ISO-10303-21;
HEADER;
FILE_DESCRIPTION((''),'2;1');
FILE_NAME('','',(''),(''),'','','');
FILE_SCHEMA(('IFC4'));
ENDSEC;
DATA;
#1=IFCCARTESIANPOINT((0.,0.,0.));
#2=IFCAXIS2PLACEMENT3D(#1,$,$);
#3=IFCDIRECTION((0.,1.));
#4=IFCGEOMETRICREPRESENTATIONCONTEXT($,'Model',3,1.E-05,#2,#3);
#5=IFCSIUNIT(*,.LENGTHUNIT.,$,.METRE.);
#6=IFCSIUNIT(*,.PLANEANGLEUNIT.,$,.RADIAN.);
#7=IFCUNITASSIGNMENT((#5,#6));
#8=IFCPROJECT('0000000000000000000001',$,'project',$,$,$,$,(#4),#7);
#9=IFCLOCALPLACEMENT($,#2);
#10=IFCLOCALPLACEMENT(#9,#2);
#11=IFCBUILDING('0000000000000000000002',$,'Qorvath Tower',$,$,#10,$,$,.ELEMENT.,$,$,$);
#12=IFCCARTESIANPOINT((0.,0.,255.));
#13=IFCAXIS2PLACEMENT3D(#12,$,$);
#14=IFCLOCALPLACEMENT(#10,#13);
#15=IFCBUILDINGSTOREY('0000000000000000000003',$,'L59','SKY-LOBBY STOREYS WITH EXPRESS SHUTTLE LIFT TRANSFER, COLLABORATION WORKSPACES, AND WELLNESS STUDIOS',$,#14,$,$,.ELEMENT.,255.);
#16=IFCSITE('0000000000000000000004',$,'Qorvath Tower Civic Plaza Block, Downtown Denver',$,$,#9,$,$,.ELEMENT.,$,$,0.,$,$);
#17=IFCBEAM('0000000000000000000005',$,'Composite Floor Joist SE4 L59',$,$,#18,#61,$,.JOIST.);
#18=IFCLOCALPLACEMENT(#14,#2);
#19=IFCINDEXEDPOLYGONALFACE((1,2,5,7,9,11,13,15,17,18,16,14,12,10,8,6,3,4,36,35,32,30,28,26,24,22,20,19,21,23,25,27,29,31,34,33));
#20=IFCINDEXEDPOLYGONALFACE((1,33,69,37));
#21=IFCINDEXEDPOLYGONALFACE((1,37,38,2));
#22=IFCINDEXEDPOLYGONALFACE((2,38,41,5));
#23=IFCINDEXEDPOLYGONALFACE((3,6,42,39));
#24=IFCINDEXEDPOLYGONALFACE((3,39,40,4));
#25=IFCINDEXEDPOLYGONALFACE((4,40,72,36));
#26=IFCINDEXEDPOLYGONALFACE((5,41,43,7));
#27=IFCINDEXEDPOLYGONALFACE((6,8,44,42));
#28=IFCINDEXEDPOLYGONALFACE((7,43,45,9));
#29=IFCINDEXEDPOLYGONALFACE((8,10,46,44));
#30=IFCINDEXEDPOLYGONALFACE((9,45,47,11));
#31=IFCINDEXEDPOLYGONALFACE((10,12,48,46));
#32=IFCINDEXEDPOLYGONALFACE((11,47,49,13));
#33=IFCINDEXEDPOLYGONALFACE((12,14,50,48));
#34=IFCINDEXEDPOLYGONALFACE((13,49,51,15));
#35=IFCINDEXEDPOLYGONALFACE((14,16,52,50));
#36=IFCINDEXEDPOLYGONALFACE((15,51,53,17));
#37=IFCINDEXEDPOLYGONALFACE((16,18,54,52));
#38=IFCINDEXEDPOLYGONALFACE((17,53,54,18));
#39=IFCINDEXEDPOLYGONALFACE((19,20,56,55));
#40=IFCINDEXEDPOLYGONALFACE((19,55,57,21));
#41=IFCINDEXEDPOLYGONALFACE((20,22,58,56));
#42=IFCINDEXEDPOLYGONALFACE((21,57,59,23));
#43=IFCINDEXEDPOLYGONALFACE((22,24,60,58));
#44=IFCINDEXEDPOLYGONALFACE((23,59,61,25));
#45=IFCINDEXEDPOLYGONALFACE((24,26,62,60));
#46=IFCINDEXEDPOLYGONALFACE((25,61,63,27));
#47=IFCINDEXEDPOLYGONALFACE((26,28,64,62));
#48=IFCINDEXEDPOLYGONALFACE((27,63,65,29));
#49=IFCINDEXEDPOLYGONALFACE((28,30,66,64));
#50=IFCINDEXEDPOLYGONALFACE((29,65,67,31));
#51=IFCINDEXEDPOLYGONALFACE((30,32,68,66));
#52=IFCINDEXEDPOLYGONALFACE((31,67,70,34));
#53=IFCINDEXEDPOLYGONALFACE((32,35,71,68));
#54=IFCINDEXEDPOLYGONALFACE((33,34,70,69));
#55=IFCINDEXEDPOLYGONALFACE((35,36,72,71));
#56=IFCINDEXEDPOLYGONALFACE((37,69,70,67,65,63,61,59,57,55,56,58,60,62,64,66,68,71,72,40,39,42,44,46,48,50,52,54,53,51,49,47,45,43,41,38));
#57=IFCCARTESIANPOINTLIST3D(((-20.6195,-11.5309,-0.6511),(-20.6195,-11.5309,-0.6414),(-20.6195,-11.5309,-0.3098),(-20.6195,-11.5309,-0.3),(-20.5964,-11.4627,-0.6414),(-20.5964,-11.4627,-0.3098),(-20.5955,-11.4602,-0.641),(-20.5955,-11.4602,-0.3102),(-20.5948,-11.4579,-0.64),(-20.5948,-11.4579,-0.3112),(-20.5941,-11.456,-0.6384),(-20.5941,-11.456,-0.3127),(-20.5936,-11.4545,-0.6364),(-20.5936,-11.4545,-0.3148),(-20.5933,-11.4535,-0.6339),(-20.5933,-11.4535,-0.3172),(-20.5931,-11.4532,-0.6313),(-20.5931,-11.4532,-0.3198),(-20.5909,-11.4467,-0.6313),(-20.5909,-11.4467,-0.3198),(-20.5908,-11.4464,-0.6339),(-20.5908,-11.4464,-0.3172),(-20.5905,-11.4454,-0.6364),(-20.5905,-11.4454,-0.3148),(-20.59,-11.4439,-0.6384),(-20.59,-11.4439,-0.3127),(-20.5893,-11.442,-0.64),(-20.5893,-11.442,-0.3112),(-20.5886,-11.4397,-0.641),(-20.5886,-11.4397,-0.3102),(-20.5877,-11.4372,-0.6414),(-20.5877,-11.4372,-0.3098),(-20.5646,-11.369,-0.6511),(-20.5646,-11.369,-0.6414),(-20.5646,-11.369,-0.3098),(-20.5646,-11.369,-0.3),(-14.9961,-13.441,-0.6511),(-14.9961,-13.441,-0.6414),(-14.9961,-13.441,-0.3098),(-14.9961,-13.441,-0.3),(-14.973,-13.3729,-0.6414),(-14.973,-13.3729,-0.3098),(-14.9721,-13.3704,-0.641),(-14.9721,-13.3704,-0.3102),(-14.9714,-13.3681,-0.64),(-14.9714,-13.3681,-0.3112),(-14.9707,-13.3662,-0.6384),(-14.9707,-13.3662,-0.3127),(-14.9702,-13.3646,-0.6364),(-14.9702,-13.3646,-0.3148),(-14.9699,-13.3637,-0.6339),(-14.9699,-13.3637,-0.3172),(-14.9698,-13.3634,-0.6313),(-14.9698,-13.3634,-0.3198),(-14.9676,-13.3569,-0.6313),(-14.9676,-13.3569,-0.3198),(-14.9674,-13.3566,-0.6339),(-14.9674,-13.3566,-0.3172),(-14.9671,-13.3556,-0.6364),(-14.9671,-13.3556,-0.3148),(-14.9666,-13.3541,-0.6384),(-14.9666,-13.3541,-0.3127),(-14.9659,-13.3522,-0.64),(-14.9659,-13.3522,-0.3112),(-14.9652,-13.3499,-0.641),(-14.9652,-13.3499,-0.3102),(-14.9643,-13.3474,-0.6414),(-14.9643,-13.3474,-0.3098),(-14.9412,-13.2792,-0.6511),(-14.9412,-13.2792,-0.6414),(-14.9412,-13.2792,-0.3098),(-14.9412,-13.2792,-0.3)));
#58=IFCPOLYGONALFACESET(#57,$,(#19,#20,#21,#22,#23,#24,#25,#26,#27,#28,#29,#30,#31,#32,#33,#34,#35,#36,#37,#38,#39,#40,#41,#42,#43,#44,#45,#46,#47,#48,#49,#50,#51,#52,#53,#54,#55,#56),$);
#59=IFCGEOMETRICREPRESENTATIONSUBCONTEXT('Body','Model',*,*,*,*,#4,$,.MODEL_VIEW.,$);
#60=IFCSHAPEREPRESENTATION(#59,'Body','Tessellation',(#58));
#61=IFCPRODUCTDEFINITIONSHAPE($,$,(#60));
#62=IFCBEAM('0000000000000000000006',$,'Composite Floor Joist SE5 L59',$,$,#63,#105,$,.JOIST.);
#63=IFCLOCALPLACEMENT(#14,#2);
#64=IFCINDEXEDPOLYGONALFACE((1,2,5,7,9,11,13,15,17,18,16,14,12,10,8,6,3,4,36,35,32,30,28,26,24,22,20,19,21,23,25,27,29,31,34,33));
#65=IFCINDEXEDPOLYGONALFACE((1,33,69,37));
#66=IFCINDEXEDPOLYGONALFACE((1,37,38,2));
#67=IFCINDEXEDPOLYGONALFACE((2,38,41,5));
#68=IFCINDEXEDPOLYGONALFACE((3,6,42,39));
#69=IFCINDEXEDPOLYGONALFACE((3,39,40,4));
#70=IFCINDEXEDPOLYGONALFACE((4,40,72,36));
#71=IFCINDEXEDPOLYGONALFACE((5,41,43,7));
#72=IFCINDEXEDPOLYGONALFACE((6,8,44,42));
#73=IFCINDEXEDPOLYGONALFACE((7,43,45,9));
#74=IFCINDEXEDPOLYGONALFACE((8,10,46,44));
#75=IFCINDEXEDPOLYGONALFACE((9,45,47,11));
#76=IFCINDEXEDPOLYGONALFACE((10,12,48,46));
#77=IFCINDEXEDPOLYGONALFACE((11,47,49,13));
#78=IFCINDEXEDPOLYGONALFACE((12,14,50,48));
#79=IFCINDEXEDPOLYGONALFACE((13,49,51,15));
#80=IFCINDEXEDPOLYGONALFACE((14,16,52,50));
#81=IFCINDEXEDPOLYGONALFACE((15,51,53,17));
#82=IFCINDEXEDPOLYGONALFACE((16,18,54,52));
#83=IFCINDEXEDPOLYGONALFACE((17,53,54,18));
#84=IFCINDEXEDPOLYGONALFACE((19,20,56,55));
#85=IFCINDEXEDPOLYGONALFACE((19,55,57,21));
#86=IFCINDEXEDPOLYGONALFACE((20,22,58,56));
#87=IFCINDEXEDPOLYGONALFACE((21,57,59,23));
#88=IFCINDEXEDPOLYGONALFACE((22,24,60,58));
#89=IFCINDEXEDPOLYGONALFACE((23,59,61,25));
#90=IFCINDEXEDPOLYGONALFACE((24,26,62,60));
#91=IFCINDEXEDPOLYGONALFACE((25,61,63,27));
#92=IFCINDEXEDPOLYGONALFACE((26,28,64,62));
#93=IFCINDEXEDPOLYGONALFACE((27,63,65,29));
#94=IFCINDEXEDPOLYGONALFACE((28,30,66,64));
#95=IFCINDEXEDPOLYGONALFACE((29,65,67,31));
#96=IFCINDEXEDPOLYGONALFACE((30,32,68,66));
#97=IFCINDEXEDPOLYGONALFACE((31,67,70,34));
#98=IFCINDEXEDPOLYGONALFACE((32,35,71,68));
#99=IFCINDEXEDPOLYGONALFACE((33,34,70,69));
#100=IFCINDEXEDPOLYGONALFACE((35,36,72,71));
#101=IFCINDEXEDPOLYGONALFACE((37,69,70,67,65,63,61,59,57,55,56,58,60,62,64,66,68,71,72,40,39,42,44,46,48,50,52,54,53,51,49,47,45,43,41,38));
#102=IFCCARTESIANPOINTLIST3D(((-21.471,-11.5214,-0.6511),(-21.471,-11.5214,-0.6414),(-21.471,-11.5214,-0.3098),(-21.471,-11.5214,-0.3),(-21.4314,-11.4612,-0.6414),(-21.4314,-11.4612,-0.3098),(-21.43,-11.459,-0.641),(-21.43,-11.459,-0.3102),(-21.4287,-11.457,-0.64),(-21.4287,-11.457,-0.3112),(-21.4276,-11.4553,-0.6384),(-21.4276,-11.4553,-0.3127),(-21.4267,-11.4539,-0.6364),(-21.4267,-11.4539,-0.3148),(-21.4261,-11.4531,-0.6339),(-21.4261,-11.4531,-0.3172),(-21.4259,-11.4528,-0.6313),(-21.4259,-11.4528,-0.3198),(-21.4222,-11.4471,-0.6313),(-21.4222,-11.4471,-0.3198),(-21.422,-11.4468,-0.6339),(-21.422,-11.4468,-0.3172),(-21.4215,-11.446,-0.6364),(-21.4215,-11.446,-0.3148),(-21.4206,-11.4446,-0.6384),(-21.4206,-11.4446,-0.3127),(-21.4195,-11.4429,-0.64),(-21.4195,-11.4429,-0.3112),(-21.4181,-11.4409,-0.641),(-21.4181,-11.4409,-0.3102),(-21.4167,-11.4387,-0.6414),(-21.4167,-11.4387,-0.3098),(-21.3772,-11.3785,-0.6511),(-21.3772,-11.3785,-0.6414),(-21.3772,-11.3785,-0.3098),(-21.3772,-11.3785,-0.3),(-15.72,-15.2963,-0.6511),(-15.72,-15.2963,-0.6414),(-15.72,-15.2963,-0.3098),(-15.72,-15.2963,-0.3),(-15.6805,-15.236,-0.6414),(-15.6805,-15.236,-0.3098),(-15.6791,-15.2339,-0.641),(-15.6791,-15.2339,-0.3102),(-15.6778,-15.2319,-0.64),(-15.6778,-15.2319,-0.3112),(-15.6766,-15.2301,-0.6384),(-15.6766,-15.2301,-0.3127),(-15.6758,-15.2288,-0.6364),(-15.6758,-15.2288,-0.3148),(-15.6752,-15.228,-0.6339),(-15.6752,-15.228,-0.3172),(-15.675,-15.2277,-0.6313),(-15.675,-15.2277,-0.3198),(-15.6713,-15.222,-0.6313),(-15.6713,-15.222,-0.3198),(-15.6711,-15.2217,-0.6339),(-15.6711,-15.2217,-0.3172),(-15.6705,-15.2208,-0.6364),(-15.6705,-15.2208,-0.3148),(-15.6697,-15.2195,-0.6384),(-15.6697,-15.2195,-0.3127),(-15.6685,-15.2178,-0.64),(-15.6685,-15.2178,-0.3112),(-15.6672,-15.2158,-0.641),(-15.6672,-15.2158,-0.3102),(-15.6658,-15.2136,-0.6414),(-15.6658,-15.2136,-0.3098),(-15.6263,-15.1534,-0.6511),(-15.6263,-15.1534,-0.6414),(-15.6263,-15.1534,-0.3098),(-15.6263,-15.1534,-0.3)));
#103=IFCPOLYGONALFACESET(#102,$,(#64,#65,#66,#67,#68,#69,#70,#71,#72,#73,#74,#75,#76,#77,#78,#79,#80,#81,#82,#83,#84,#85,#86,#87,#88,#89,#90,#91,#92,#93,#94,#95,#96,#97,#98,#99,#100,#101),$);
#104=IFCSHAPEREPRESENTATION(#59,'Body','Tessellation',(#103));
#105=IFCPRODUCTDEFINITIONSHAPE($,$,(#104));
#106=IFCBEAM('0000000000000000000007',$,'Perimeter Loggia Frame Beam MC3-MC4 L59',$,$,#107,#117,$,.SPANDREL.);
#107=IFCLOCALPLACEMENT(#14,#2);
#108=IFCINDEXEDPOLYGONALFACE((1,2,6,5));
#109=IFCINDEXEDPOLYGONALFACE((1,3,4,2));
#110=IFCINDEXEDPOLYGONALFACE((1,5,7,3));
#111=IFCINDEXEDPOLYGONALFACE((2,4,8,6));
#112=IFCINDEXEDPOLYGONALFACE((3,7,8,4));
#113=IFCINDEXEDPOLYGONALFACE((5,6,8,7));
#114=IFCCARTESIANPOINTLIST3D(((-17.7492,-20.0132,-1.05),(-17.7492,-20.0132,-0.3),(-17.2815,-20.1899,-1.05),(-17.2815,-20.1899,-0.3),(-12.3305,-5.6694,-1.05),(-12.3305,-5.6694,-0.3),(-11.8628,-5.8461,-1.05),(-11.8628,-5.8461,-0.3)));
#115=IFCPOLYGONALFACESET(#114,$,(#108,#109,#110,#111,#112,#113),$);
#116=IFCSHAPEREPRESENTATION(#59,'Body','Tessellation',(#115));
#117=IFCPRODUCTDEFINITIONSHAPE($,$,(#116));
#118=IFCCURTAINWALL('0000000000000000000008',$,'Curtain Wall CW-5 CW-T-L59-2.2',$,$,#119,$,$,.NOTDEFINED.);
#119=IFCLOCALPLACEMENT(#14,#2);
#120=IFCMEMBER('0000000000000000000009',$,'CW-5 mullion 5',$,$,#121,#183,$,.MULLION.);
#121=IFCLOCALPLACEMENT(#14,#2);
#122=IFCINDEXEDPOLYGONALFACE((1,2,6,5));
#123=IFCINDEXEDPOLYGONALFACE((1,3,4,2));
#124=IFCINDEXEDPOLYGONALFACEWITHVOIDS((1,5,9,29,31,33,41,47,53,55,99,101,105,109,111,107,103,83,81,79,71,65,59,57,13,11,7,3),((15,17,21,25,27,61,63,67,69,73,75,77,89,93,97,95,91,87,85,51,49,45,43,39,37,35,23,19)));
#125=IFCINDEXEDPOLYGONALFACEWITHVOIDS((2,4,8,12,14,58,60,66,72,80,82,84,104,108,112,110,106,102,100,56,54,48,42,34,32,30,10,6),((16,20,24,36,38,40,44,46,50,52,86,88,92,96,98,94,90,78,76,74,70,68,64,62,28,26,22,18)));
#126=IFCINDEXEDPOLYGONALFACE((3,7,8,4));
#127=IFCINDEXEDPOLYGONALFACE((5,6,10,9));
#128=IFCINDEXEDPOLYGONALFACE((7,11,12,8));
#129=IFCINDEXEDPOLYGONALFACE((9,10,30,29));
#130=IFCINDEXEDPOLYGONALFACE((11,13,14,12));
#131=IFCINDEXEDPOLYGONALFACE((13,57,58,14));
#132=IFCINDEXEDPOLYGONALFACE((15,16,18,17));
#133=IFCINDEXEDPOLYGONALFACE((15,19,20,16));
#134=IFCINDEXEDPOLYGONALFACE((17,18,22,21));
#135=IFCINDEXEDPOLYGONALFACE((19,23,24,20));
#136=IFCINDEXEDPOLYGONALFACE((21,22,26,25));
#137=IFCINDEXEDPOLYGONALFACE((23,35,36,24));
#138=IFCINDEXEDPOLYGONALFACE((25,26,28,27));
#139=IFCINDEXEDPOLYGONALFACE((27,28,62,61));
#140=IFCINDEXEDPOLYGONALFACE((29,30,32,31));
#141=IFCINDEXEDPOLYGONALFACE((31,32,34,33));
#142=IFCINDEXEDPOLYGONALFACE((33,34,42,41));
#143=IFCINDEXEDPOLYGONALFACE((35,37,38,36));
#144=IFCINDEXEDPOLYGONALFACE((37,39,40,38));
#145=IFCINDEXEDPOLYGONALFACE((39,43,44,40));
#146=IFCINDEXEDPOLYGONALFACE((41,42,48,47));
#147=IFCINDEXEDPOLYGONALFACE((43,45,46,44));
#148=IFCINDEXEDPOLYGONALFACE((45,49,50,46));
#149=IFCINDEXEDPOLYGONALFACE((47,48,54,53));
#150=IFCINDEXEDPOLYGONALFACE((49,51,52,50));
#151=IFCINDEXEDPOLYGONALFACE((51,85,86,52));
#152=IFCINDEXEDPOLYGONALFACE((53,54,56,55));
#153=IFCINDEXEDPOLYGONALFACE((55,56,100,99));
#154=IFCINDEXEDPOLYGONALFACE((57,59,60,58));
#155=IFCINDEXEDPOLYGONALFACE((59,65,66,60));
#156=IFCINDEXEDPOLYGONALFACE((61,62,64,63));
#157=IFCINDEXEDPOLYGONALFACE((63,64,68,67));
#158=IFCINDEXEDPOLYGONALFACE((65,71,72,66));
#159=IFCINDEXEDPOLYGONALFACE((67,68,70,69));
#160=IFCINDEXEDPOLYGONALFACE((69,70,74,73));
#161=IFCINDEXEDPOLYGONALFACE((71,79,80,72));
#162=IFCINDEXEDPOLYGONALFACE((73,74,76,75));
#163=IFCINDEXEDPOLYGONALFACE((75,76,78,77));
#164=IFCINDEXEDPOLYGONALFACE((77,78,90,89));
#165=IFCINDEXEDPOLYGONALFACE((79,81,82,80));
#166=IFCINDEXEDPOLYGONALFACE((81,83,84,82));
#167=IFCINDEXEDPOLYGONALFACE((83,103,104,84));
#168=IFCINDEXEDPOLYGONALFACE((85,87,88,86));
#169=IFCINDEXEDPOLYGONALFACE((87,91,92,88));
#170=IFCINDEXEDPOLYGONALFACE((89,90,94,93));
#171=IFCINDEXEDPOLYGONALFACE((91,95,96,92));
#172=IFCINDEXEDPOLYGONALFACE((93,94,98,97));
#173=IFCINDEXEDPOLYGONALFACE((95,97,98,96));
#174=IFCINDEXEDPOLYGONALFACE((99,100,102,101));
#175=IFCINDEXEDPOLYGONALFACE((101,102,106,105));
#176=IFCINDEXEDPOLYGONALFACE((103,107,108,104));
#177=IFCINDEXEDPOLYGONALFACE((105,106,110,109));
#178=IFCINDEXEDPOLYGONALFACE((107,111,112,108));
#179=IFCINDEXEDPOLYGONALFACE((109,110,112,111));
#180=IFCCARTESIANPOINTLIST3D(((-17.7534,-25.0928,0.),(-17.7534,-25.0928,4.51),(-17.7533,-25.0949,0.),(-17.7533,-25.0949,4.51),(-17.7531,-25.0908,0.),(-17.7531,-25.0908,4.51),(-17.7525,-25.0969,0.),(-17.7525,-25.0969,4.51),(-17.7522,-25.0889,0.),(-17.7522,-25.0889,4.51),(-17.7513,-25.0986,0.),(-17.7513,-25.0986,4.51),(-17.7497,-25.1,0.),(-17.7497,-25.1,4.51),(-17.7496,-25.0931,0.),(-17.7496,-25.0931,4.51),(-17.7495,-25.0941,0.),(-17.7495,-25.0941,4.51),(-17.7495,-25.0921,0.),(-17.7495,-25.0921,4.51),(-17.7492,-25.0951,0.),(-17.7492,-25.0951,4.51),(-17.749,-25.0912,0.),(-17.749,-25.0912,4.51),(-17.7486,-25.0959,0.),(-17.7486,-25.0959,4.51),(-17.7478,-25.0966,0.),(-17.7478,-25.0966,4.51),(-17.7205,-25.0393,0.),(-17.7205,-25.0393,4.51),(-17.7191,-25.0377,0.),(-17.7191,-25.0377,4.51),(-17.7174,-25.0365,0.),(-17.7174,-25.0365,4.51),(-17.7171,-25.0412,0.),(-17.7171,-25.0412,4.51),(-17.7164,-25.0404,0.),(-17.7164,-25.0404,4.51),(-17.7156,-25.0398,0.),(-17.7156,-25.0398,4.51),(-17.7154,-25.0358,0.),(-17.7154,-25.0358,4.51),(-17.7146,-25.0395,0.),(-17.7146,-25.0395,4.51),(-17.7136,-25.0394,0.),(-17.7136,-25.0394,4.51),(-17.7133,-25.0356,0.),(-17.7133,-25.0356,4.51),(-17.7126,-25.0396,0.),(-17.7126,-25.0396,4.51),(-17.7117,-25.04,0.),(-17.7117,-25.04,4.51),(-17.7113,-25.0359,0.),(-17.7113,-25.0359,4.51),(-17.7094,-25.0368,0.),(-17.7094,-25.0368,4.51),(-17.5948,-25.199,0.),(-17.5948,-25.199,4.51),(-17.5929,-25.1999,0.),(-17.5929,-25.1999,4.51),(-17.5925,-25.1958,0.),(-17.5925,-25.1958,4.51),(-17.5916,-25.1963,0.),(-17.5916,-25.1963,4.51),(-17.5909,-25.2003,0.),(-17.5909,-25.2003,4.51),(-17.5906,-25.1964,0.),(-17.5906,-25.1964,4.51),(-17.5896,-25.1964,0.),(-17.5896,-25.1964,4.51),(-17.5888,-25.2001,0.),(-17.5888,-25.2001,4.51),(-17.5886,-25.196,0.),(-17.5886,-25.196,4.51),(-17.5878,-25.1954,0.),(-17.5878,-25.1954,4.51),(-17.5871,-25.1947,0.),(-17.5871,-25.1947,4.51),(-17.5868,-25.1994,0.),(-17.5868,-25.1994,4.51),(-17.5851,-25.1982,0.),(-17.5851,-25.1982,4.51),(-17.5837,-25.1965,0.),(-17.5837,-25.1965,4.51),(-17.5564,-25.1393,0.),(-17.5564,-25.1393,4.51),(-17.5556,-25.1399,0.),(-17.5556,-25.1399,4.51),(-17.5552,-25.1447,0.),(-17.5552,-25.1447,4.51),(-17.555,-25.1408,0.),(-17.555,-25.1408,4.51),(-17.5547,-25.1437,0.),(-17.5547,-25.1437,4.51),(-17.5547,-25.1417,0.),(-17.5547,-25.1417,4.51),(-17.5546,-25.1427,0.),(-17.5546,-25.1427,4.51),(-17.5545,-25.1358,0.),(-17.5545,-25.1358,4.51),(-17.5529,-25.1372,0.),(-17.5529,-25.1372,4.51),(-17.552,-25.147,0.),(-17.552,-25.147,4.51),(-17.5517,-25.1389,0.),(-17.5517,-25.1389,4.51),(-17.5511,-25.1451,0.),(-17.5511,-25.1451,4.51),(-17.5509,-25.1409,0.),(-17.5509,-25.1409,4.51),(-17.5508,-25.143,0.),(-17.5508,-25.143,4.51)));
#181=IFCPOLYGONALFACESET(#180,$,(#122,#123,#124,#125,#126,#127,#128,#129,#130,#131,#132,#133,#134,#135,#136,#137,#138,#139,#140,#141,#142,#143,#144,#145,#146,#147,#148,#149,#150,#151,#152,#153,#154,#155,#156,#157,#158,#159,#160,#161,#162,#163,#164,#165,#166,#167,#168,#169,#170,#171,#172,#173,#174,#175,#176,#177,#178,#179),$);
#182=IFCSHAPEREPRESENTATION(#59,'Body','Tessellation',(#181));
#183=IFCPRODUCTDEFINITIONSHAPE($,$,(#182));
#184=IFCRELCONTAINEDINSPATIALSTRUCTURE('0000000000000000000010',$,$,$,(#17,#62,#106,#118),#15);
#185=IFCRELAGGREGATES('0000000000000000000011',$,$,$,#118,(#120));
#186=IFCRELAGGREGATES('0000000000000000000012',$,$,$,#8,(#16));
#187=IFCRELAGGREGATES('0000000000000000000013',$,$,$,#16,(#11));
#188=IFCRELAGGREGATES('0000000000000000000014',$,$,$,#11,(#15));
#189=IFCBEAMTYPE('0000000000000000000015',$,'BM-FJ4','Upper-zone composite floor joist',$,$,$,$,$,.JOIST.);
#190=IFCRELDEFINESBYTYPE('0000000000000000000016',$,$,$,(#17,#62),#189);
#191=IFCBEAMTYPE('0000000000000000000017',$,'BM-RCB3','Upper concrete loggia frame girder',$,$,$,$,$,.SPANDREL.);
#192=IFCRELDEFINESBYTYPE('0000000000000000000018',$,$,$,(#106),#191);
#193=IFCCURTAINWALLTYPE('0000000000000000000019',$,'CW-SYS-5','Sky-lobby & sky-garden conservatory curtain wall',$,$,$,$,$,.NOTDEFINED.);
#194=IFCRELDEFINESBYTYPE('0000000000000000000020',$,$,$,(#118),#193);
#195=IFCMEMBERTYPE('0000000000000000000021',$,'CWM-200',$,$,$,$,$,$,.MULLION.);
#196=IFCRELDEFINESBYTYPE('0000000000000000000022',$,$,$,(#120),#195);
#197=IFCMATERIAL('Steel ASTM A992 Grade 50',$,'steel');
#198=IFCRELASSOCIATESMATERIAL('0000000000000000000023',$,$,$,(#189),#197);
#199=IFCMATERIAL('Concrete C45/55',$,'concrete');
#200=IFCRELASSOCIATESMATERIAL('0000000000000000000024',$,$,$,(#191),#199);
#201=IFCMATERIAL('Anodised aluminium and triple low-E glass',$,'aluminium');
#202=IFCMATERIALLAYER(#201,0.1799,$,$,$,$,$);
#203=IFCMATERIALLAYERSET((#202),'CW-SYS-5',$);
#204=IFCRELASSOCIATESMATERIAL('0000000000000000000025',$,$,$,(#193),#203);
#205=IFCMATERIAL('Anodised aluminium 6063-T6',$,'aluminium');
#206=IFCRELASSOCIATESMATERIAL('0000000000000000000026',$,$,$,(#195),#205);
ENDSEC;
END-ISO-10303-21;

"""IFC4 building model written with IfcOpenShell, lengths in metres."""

from ifc_helpers import new_model, si_unit, direction, frame, origin, origin_2d, place, context, subcontext, project, spatial, rectangle, hollow_rectangle, i_section, extrude, material, layer, layer_set, material_profile, profile_set, type_object, element, aggregate, save


model = new_model("IFC4")

# Units and contexts
model_context = context("Model", 3, precision=1e-05, world=origin(), true_north=direction((0.0, 1.0)))
body_context = subcontext(model_context, "Body", "Model", "MODEL_VIEW")
ifc_project = project(units=[si_unit("LENGTHUNIT", "METRE"), si_unit("PLANEANGLEUNIT", "RADIAN")], contexts=[model_context])

# Site, building, storey
site_placement = place(None, origin())
site = spatial("IfcSite", under=ifc_project, at=site_placement, Name="Qorvath Tower Civic Plaza Block, Downtown Denver", CompositionType="ELEMENT", RefElevation=0.0)
building_placement = place(site_placement, origin())
building = spatial("IfcBuilding", under=site, at=building_placement, Name="Qorvath Tower", CompositionType="ELEMENT")
storey_placement = place(building_placement, frame((0.0, 0.0, 255.0)))
storey = spatial("IfcBuildingStorey", under=building, at=storey_placement, Name="L59", Description="SKY-LOBBY STOREYS WITH EXPRESS SHUTTLE LIFT TRANSFER, COLLABORATION WORKSPACES, AND WELLNESS STUDIOS", CompositionType="ELEMENT", Elevation=255.0)

# Beams
ifc_material_1 = material(Name="Steel ASTM A992 Grade 50", Category="steel")
ifc_material_profile_1 = material_profile(ifc_material_1, i_section(OverallWidth=0.1709, OverallDepth=0.3511, WebThickness=0.0068, FlangeThickness=0.0098, FilletRadius=0.01, at=origin_2d()), Name="W14x30")
ifc_profile_set_1 = profile_set([ifc_material_profile_1], Name="Steel ASTM A992 Grade 50")
beam_type_1 = type_object("IfcBeamType", Name="BM-FJ4", Description="Upper-zone composite floor joist", PredefinedType="JOIST", material=ifc_profile_set_1)
beam_1_placement = place(storey_placement, frame((-20.592, -11.45, -0.4756), z_axis=(0.946863, -0.321637, 0.0), x_axis=(0.321637, 0.946863, 0.0)))
element("IfcBeam", 1, at=beam_1_placement, inside=storey, type_object=beam_type_1, Name="Composite Floor Joist SE4 L59", PredefinedType="JOIST", context=body_context, shape_type="SweptSolid", body=[
    extrude(i_section(OverallWidth=0.1709, OverallDepth=0.3511, WebThickness=0.0068, FlangeThickness=0.0098, FilletRadius=0.01, at=origin_2d()), origin(), (0.0, 0.0, 1.0), 5.939),
])
beam_2_placement = place(storey_placement, frame((-21.4241, -11.45, -0.4756), z_axis=(0.835993, -0.54874, 0.0), x_axis=(0.54874, 0.835993, 0.0)))
element("IfcBeam", 2, at=beam_2_placement, inside=storey, type_object=beam_type_1, Name="Composite Floor Joist SE5 L59", PredefinedType="JOIST", context=body_context, shape_type="SweptSolid", body=[
    extrude(i_section(OverallWidth=0.1709, OverallDepth=0.3511, WebThickness=0.0068, FlangeThickness=0.0098, FilletRadius=0.01, at=origin_2d()), origin(), (0.0, 0.0, 1.0), 6.8792),
])
ifc_material_2 = material(Name="Concrete C45/55", Category="concrete")
ifc_material_profile_2 = material_profile(ifc_material_2, rectangle(XDim=0.5, YDim=0.75, at=origin_2d()), Name="RCB 750x500")
ifc_profile_set_2 = profile_set([ifc_material_profile_2], Name="Concrete C45/55")
beam_type_2 = type_object("IfcBeamType", Name="BM-RCB3", Description="Upper concrete loggia frame girder", PredefinedType="SPANDREL", material=ifc_profile_set_2)
beam_3_placement = place(storey_placement, frame((-17.5154, -20.1016, -0.675), z_axis=(0.353398, 0.935473, 0.0), x_axis=(-0.935473, 0.353398, 0.0)))
element("IfcBeam", 3, at=beam_3_placement, inside=storey, type_object=beam_type_2, Name="Perimeter Loggia Frame Beam MC3-MC4 L59", PredefinedType="SPANDREL", context=body_context, shape_type="SweptSolid", body=[
    extrude(rectangle(XDim=0.5, YDim=0.75, at=origin_2d()), origin(), (0.0, 0.0, 1.0), 15.3333),
])

# Curtain wall, member
ifc_material_3 = material(Name="Anodised aluminium and triple low-E glass", Category="aluminium")
ifc_layer_1 = layer(ifc_material_3, 0.1799)
ifc_layer_set_1 = layer_set([ifc_layer_1], Name="CW-SYS-5")
curtain_wall_type = type_object("IfcCurtainWallType", Name="CW-SYS-5", Description="Sky-lobby & sky-garden conservatory curtain wall", PredefinedType="NOTDEFINED", material=ifc_layer_set_1)
curtain_wall_1_placement = place(storey_placement, origin())
curtain_wall_1 = element("IfcCurtainWall", 4, at=curtain_wall_1_placement, inside=storey, type_object=curtain_wall_type, Name="Curtain Wall CW-5 CW-T-L59-2.2", PredefinedType="NOTDEFINED")
ifc_material_4 = material(Name="Anodised aluminium 6063-T6", Category="aluminium")
ifc_material_profile_3 = material_profile(ifc_material_4, hollow_rectangle(XDim=0.075, YDim=0.2, WallThickness=0.0039, InnerFilletRadius=0.0039, OuterFilletRadius=0.0081, at=origin_2d()), Name="CWM 200x75")
ifc_profile_set_3 = profile_set([ifc_material_profile_3], Name="Anodised aluminium 6063-T6")
member_type_1 = type_object("IfcMemberType", Name="CWM-200", PredefinedType="MULLION", material=ifc_profile_set_3)
member_1_placement = place(storey_placement, frame((-17.6521, -25.1179, 0.0), z_axis=(0.0, 0.0, 1.0), x_axis=(0.538534, 0.842604, 0.0)))
member_1 = element("IfcMember", 5, at=member_1_placement, type_object=member_type_1, Name="CW-5 mullion 5", PredefinedType="MULLION", context=body_context, shape_type="SweptSolid", body=[
    extrude(hollow_rectangle(XDim=0.075, YDim=0.2, WallThickness=0.0039, InnerFilletRadius=0.0039, OuterFilletRadius=0.0081, at=origin_2d()), origin(), (0.0, 0.0, 1.0), 4.51),
])

aggregate(curtain_wall_1, [member_1])

save(model, "model.ifc")
